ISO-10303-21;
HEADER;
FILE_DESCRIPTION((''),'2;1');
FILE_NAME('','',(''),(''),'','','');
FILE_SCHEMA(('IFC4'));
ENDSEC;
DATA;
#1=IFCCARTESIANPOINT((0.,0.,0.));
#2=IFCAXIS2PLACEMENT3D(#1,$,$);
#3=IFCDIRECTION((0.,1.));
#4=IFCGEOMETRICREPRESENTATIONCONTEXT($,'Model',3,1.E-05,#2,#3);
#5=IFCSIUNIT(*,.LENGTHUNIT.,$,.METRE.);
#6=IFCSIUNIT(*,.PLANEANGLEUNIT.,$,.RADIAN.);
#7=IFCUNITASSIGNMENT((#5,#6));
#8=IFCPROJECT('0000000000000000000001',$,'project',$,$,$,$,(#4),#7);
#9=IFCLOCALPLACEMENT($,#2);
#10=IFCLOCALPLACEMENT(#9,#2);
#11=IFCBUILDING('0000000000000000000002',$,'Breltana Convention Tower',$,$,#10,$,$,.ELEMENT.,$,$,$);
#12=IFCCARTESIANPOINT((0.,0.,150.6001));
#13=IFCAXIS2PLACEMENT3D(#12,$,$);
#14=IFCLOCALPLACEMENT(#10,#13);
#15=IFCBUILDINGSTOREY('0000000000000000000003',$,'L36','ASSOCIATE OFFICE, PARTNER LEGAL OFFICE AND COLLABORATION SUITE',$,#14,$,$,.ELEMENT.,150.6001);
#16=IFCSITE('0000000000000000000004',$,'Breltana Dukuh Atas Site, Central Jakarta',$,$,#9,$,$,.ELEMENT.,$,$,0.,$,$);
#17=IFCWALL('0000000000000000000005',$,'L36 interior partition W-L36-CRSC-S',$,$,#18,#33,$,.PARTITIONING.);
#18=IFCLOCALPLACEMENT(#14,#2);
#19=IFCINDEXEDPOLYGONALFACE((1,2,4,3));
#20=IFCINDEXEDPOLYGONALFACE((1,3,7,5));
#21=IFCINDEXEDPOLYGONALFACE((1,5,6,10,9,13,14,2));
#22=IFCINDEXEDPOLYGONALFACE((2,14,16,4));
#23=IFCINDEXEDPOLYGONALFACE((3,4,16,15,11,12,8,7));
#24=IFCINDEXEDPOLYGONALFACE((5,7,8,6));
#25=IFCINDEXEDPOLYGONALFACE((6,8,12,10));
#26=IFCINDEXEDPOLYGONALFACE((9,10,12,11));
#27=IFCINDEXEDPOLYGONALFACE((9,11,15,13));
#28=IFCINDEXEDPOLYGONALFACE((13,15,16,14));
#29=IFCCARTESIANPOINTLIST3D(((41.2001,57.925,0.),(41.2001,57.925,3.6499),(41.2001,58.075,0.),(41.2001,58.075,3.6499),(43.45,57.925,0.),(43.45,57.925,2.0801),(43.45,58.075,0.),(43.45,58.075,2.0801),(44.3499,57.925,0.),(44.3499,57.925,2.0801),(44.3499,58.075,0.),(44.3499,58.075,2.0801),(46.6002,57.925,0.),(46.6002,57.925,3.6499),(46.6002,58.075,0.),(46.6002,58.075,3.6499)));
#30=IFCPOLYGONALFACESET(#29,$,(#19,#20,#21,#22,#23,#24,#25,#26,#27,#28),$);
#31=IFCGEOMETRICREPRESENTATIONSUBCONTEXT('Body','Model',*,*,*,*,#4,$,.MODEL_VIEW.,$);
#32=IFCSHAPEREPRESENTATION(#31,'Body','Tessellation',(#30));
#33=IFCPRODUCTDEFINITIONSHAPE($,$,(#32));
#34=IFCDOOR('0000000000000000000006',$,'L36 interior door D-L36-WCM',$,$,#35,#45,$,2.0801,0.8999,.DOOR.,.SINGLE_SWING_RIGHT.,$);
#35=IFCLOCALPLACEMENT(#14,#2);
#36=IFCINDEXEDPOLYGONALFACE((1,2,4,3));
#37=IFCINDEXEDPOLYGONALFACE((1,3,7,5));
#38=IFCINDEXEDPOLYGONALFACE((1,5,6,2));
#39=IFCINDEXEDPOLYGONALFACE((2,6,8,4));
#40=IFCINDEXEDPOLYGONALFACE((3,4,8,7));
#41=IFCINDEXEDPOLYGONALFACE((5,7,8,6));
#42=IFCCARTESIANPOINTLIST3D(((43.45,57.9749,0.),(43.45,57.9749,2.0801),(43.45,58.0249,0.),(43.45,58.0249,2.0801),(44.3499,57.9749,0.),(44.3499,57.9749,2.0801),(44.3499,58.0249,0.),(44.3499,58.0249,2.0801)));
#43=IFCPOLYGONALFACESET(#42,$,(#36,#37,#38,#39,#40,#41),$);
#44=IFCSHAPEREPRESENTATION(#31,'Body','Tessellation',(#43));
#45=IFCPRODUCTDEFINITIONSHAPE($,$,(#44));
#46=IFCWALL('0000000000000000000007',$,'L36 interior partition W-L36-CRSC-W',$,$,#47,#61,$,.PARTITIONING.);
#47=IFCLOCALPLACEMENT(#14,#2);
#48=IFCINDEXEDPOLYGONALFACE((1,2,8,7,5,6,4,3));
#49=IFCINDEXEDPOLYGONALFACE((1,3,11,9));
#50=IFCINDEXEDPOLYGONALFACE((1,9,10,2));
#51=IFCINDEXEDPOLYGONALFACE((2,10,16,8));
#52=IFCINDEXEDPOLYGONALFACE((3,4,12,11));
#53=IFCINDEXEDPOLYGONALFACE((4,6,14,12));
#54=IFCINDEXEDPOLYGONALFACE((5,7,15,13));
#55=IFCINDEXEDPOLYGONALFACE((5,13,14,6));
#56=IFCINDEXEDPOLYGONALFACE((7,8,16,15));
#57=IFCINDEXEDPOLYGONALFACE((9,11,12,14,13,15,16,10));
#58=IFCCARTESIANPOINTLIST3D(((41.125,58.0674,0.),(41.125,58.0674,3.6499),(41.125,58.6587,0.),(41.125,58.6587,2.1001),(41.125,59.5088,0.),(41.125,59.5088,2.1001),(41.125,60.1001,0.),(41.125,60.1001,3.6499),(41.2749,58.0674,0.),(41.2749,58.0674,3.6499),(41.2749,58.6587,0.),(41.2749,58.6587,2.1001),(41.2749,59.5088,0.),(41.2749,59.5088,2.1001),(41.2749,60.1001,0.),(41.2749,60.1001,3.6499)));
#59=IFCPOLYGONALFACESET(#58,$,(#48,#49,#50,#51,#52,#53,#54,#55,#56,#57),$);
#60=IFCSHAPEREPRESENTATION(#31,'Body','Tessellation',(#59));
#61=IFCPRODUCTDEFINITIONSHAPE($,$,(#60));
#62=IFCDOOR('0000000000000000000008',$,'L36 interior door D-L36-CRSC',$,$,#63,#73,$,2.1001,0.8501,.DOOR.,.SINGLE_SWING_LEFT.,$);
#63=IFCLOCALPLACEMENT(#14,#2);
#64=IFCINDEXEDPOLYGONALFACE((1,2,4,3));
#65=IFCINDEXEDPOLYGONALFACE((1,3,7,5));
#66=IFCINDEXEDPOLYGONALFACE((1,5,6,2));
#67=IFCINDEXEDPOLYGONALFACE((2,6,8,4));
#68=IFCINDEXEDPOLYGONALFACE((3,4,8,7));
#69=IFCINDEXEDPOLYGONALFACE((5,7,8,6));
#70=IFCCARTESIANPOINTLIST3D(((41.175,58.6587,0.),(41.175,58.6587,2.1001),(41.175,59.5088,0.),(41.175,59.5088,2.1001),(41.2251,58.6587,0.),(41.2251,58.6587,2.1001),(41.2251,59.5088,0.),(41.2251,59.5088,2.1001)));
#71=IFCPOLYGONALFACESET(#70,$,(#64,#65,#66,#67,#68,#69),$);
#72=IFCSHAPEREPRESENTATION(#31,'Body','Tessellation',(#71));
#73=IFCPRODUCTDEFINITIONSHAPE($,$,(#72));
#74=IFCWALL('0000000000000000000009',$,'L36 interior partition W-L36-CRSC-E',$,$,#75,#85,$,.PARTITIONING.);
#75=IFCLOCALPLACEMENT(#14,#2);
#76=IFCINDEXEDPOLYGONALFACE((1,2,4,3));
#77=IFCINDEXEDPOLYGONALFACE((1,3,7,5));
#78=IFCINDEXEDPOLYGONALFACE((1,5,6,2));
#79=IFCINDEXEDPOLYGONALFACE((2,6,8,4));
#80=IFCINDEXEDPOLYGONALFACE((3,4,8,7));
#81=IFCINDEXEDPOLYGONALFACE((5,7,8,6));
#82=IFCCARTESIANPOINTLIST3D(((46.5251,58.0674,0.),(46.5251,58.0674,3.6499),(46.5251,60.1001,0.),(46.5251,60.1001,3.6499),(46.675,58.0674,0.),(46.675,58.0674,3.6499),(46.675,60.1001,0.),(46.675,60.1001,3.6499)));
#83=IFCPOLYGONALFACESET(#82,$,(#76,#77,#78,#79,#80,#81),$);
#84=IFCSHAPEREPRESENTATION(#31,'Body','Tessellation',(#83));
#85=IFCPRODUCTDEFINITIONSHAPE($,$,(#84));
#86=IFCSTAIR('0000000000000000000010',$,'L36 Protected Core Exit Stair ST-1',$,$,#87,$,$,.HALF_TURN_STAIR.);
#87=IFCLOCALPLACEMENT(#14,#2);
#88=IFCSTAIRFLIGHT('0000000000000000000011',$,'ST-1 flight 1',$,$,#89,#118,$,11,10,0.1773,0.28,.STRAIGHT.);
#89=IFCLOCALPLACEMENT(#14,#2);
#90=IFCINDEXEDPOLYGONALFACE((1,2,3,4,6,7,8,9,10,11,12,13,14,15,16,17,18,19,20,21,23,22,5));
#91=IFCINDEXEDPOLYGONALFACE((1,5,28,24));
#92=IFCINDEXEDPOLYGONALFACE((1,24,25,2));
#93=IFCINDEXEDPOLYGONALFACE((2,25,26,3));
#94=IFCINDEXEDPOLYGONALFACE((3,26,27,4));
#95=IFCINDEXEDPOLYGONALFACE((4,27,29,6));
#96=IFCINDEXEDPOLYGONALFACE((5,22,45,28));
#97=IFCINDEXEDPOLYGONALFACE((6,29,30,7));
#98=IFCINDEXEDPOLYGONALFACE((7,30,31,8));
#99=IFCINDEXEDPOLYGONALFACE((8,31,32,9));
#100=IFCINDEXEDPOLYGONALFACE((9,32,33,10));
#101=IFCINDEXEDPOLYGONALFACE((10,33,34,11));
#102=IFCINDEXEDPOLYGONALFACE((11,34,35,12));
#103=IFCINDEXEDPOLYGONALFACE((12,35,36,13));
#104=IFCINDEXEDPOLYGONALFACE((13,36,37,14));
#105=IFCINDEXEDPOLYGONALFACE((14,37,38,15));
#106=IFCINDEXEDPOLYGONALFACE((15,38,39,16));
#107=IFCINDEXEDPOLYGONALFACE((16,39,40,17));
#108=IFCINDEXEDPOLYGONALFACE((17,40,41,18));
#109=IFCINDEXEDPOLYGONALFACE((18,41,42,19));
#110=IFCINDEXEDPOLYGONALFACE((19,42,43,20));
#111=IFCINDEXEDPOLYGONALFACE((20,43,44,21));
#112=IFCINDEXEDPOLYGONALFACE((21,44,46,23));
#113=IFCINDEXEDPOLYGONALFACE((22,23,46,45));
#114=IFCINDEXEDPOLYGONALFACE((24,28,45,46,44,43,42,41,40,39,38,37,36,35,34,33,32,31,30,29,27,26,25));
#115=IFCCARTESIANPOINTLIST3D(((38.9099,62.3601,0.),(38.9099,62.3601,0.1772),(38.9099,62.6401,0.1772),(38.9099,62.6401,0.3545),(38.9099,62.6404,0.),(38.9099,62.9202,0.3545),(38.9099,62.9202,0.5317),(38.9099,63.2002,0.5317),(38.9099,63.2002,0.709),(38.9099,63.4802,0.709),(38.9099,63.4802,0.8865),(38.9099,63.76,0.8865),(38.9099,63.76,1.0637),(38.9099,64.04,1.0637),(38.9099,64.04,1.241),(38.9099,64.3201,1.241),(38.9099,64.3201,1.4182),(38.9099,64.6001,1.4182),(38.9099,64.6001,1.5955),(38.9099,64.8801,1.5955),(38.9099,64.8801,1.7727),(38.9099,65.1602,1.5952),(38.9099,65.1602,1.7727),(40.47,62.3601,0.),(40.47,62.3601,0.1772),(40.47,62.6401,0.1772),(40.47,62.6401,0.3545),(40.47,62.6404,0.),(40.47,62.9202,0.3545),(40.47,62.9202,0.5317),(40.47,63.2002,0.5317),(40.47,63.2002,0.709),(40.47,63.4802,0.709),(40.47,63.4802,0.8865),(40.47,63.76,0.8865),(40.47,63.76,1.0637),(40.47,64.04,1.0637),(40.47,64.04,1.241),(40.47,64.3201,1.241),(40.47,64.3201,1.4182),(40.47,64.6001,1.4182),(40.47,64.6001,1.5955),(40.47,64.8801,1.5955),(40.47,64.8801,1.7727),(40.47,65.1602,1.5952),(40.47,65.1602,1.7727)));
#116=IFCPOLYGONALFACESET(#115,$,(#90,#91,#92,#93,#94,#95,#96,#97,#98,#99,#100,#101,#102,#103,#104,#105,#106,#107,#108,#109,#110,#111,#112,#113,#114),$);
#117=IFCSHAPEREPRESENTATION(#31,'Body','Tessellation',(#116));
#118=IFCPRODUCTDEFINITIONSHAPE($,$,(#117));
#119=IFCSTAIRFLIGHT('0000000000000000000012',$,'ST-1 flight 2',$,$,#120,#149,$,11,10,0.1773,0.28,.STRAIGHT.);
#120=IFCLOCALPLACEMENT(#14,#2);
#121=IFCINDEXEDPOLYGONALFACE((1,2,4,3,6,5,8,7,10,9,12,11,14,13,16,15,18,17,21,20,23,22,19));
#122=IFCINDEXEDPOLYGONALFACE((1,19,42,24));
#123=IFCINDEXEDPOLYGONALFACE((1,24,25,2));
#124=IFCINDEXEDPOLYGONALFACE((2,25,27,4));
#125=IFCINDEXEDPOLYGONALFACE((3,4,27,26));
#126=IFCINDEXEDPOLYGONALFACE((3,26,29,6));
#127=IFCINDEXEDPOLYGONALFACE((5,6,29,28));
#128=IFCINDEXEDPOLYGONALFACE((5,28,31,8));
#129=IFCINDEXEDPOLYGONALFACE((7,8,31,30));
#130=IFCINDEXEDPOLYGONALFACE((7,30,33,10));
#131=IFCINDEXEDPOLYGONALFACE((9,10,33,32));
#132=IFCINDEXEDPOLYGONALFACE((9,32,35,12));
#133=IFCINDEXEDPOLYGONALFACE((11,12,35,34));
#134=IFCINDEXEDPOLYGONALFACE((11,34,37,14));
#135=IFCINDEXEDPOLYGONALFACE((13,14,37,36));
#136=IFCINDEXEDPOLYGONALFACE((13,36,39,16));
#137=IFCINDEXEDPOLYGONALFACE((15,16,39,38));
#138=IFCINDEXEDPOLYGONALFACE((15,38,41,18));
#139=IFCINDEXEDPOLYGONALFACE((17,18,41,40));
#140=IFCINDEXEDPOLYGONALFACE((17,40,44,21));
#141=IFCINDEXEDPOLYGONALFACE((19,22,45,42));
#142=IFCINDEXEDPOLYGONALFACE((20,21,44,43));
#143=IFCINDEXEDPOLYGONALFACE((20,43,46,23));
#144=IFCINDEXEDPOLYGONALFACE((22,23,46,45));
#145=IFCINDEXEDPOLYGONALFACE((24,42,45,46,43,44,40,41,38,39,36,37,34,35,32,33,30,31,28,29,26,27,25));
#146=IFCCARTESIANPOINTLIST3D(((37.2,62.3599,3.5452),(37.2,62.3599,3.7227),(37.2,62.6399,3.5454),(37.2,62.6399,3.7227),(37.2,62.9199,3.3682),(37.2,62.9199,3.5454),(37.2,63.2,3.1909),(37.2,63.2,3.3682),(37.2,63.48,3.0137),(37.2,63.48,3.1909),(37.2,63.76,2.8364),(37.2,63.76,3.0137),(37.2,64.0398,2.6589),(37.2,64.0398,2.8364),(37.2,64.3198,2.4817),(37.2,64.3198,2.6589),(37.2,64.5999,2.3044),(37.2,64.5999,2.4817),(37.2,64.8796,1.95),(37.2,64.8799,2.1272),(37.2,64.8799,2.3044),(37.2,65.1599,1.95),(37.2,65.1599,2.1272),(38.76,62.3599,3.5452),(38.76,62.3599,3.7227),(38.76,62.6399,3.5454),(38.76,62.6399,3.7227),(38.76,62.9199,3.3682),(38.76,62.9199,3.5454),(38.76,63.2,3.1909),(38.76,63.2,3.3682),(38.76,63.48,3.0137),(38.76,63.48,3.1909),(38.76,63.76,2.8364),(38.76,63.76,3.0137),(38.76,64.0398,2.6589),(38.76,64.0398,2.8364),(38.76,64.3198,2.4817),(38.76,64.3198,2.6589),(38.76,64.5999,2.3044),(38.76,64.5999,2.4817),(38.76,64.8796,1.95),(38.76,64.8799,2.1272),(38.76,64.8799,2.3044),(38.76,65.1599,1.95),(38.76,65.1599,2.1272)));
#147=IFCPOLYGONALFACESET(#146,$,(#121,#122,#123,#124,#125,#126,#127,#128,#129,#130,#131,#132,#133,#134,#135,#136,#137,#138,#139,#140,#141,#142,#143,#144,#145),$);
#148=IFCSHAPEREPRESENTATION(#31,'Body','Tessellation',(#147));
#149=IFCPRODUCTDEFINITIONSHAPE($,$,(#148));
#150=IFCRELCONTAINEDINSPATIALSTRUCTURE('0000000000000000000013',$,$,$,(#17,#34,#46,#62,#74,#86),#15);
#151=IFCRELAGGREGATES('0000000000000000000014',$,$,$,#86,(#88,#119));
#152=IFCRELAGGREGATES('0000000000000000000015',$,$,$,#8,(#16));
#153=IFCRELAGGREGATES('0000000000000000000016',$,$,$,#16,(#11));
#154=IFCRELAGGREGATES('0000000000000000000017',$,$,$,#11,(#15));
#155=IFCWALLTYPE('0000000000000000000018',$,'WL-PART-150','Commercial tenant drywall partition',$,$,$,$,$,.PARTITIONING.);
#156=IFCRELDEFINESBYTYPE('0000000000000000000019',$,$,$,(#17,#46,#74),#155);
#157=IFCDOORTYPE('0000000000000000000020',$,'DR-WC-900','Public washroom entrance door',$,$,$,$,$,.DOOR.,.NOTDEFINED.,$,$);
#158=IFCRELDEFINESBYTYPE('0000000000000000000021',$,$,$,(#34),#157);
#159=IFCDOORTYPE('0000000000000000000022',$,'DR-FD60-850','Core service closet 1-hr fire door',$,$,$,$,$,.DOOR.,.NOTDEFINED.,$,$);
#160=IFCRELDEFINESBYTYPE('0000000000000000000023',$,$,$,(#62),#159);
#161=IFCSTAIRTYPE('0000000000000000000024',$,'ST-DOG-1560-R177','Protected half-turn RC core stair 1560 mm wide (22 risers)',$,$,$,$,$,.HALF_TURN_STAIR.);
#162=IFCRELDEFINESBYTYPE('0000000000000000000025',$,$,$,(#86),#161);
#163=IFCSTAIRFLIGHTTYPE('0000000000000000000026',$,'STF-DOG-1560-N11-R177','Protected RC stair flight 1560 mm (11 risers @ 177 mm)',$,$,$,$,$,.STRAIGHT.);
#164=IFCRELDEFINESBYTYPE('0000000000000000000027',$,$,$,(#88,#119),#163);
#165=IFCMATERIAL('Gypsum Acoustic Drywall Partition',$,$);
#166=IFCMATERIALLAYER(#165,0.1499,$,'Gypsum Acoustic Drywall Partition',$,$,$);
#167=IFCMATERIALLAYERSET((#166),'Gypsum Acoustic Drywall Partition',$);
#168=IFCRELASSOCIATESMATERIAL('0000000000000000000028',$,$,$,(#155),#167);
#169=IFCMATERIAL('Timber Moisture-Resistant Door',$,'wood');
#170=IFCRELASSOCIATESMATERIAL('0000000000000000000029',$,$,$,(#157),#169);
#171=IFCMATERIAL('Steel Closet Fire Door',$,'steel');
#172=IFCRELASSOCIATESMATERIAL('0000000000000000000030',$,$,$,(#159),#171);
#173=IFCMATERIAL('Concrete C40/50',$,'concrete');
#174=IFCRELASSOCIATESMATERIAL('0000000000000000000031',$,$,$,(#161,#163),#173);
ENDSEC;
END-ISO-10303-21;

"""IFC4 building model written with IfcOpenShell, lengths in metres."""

from ifc_helpers import new_model, si_unit, direction, frame, frame_2d, origin, place, context, subcontext, project, spatial, polyline, rectangle, outline, extrude, source, transform, mapped, material, layer, layer_set, type_object, type_shapes, element, fill, aggregate, save


model = new_model("IFC4")

# Units and contexts
model_context = context("Model", 3, precision=1e-05, world=origin(), true_north=direction((0.0, 1.0)))
body_context = subcontext(model_context, "Body", "Model", "MODEL_VIEW")
ifc_project = project(units=[si_unit("LENGTHUNIT", "METRE"), si_unit("PLANEANGLEUNIT", "RADIAN")], contexts=[model_context])

# Site, building, storey
site_placement = place(None, origin())
site = spatial("IfcSite", under=ifc_project, at=site_placement, Name="Breltana Dukuh Atas Site, Central Jakarta", CompositionType="ELEMENT", RefElevation=0.0)
building_placement = place(site_placement, origin())
building = spatial("IfcBuilding", under=site, at=building_placement, Name="Breltana Convention Tower", CompositionType="ELEMENT")
storey_placement = place(building_placement, frame((0.0, 0.0, 150.6001)))
storey = spatial("IfcBuildingStorey", under=building, at=storey_placement, Name="L36", Description="ASSOCIATE OFFICE, PARTNER LEGAL OFFICE AND COLLABORATION SUITE", CompositionType="ELEMENT", Elevation=150.6001)

# Shared definitions
ifc_material_1 = material(Name="Gypsum Acoustic Drywall Partition")
ifc_layer_1 = layer(ifc_material_1, 0.1499, Name="Gypsum Acoustic Drywall Partition")
ifc_layer_set_1 = layer_set([ifc_layer_1], Name="Gypsum Acoustic Drywall Partition")
wall_type_1 = type_object("IfcWallType", Name="WL-PART-150", Description="Commercial tenant drywall partition", PredefinedType="PARTITIONING", material=ifc_layer_set_1)

# Walls, openings, doors
shared_shape_1 = source(origin(), body_context, "Body", "SweptSolid", [
    extrude(rectangle(XDim=5.4001, YDim=0.1499, at=frame_2d((2.7002, 0.0))), origin(), (0.0, 0.0, 1.0), 3.6499),
])
wall_1_placement = place(storey_placement, frame((41.2, 58.0, 0.0), z_axis=(0.0, 0.0, 1.0), x_axis=(1.0, 0.0, 0.0)))
wall_1 = element("IfcWall", 1, at=wall_1_placement, inside=storey, type_object=wall_type_1, Name="L36 interior partition W-L36-CRSC-S", PredefinedType="PARTITIONING", context=body_context, shape_type="MappedRepresentation", body=[
    mapped(shared_shape_1, transform((0.0, 0.0, 0.0), scale=1.0)),
])
opening_1_placement = place(wall_1_placement, frame((2.25, 0.0, 0.0)))
opening_1 = element("IfcOpeningElement", 2, at=opening_1_placement, cuts=wall_1, PredefinedType="OPENING", context=body_context, shape_type="SweptSolid", body=[
    extrude(rectangle(XDim=0.8999, YDim=2.0801, at=frame_2d((0.45, 1.04))), frame((0.0, 0.085, 0.0), z_axis=(0.0, -1.0, 0.0), x_axis=(1.0, 0.0, 0.0)), (0.0, 0.0, 1.0), 0.1699),
])
ifc_material_2 = material(Name="Timber Moisture-Resistant Door", Category="wood")
door_type_1 = type_object("IfcDoorType", Name="DR-WC-900", Description="Public washroom entrance door", OperationType="NOTDEFINED", PredefinedType="DOOR", material=ifc_material_2)
shared_shape_2 = source(origin(), body_context, "Body", "SweptSolid", [
    extrude(rectangle(XDim=0.8999, YDim=2.0801, at=frame_2d((0.45, 1.04))), frame((0.0, 0.0249, 0.0), z_axis=(0.0, -1.0, 0.0), x_axis=(1.0, 0.0, 0.0)), (0.0, 0.0, 1.0), 0.05),
])
type_shapes(door_type_1, [shared_shape_2])
door_1_placement = place(opening_1_placement, origin())
door_1 = element("IfcDoor", 3, at=door_1_placement, inside=storey, type_object=door_type_1, Name="L36 interior door D-L36-WCM", OperationType="SINGLE_SWING_RIGHT", OverallHeight=2.0801, OverallWidth=0.8999, PredefinedType="DOOR", context=body_context, shape_type="MappedRepresentation", body=[
    mapped(shared_shape_2, transform((0.0, 0.0, 0.0), scale=1.0)),
])
fill(opening_1, door_1)
shared_shape_3 = source(origin(), body_context, "Body", "SweptSolid", [
    extrude(rectangle(XDim=2.0327, YDim=0.1499, at=frame_2d((1.0164, 0.0))), origin(), (0.0, 0.0, 1.0), 3.6499),
])
wall_2_placement = place(storey_placement, frame((41.2, 58.0674, 0.0), z_axis=(0.0, 0.0, 1.0), x_axis=(0.0, 1.0, 0.0)))
wall_2 = element("IfcWall", 4, at=wall_2_placement, inside=storey, type_object=wall_type_1, Name="L36 interior partition W-L36-CRSC-W", PredefinedType="PARTITIONING", context=body_context, shape_type="MappedRepresentation", body=[
    mapped(shared_shape_3, transform((0.0, 0.0, 0.0), scale=1.0)),
])
opening_2_placement = place(wall_2_placement, frame((0.5913, 0.0, 0.0)))
opening_2 = element("IfcOpeningElement", 5, at=opening_2_placement, cuts=wall_2, PredefinedType="OPENING", context=body_context, shape_type="SweptSolid", body=[
    extrude(rectangle(XDim=0.8501, YDim=2.1001, at=frame_2d((0.425, 1.05))), frame((0.0, 0.085, 0.0), z_axis=(0.0, -1.0, 0.0), x_axis=(1.0, 0.0, 0.0)), (0.0, 0.0, 1.0), 0.1699),
])
ifc_material_3 = material(Name="Steel Closet Fire Door", Category="steel")
door_type_2 = type_object("IfcDoorType", Name="DR-FD60-850", Description="Core service closet 1-hr fire door", OperationType="NOTDEFINED", PredefinedType="DOOR", material=ifc_material_3)
shared_shape_4 = source(origin(), body_context, "Body", "SweptSolid", [
    extrude(rectangle(XDim=0.8501, YDim=2.1001, at=frame_2d((0.425, 1.05))), frame((0.0, 0.0249, 0.0), z_axis=(0.0, -1.0, 0.0), x_axis=(1.0, 0.0, 0.0)), (0.0, 0.0, 1.0), 0.05),
])
type_shapes(door_type_2, [shared_shape_4])
door_2_placement = place(opening_2_placement, origin())
door_2 = element("IfcDoor", 6, at=door_2_placement, inside=storey, type_object=door_type_2, Name="L36 interior door D-L36-CRSC", OperationType="SINGLE_SWING_LEFT", OverallHeight=2.1001, OverallWidth=0.8501, PredefinedType="DOOR", context=body_context, shape_type="MappedRepresentation", body=[
    mapped(shared_shape_4, transform((0.0, 0.0, 0.0), scale=1.0)),
])
fill(opening_2, door_2)

# Wall
wall_3_placement = place(storey_placement, frame((46.6001, 58.0674, 0.0), z_axis=(0.0, 0.0, 1.0), x_axis=(0.0, 1.0, 0.0)))
element("IfcWall", 7, at=wall_3_placement, inside=storey, type_object=wall_type_1, Name="L36 interior partition W-L36-CRSC-E", PredefinedType="PARTITIONING", context=body_context, shape_type="MappedRepresentation", body=[
    mapped(shared_shape_3, transform((0.0, 0.0, 0.0), scale=1.0)),
])

# Stair, stair flights
ifc_material_4 = material(Name="Concrete C40/50", Category="concrete")
stair_type = type_object("IfcStairType", Name="ST-DOG-1560-R177", Description="Protected half-turn RC core stair 1560 mm wide (22 risers)", PredefinedType="HALF_TURN_STAIR", material=ifc_material_4)
stair_placement = place(storey_placement, origin())
stair = element("IfcStair", 8, at=stair_placement, inside=storey, type_object=stair_type, Name="L36 Protected Core Exit Stair ST-1", PredefinedType="HALF_TURN_STAIR")
stair_flight_type = type_object("IfcStairFlightType", Name="STF-DOG-1560-N11-R177", Description="Protected RC stair flight 1560 mm (11 risers @ 177 mm)", PredefinedType="STRAIGHT", material=ifc_material_4)
stair_flight_1_placement = place(storey_placement, frame((39.6899, 62.3601, 0.0), z_axis=(0.0, 0.0, 1.0), x_axis=(0.0, 1.0, 0.0)))
stair_flight_1 = element("IfcStairFlight", 9, at=stair_flight_1_placement, type_object=stair_flight_type, Name="ST-1 flight 1", NumberOfRisers=11, NumberOfTreads=10, PredefinedType="STRAIGHT", RiserHeight=0.1773, TreadLength=0.28, context=body_context, shape_type="SweptSolid", body=[
    extrude(outline(polyline([(0.0, 0.0), (0.0, 0.1772), (0.28, 0.1772), (0.28, 0.3545), (0.5601, 0.3545), (0.5601, 0.5317), (0.8401, 0.5317), (0.8401, 0.709), (1.1201, 0.709), (1.1201, 0.8865), (1.3999, 0.8865), (1.3999, 1.0637), (1.6799, 1.0637), (1.6799, 1.241), (1.96, 1.241), (1.96, 1.4182), (2.24, 1.4182), (2.24, 1.5955), (2.52, 1.5955), (2.52, 1.7727), (2.8, 1.7727), (2.8, 1.95), (2.8, 1.5952), (0.2803, 0.0), (0.0, 0.0)])), frame((0.0, 0.78, 0.0), z_axis=(0.0, -1.0, 0.0), x_axis=(1.0, 0.0, 0.0)), (0.0, 0.0, 1.0), 1.5601),
])
stair_flight_2_placement = place(storey_placement, frame((37.98, 65.1599, 1.95), z_axis=(0.0, 0.0, 1.0), x_axis=(0.0, -1.0, 0.0)))
stair_flight_2 = element("IfcStairFlight", 10, at=stair_flight_2_placement, type_object=stair_flight_type, Name="ST-1 flight 2", NumberOfRisers=11, NumberOfTreads=10, PredefinedType="STRAIGHT", RiserHeight=0.1773, TreadLength=0.28, context=body_context, shape_type="SweptSolid", body=[
    extrude(outline(polyline([(0.0, 0.0), (0.0, 0.1772), (0.28, 0.1772), (0.28, 0.3545), (0.5601, 0.3545), (0.5601, 0.5317), (0.8401, 0.5317), (0.8401, 0.709), (1.1201, 0.709), (1.1201, 0.8865), (1.3999, 0.8865), (1.3999, 1.0637), (1.6799, 1.0637), (1.6799, 1.241), (1.96, 1.241), (1.96, 1.4182), (2.24, 1.4182), (2.24, 1.5955), (2.52, 1.5955), (2.52, 1.7727), (2.8, 1.7727), (2.8, 1.95), (2.8, 1.5952), (0.2803, 0.0), (0.0, 0.0)])), frame((0.0, 0.78, 0.0), z_axis=(0.0, -1.0, 0.0), x_axis=(1.0, 0.0, 0.0)), (0.0, 0.0, 1.0), 1.5601),
])
aggregate(stair, [stair_flight_1, stair_flight_2])

save(model, "model.ifc")
